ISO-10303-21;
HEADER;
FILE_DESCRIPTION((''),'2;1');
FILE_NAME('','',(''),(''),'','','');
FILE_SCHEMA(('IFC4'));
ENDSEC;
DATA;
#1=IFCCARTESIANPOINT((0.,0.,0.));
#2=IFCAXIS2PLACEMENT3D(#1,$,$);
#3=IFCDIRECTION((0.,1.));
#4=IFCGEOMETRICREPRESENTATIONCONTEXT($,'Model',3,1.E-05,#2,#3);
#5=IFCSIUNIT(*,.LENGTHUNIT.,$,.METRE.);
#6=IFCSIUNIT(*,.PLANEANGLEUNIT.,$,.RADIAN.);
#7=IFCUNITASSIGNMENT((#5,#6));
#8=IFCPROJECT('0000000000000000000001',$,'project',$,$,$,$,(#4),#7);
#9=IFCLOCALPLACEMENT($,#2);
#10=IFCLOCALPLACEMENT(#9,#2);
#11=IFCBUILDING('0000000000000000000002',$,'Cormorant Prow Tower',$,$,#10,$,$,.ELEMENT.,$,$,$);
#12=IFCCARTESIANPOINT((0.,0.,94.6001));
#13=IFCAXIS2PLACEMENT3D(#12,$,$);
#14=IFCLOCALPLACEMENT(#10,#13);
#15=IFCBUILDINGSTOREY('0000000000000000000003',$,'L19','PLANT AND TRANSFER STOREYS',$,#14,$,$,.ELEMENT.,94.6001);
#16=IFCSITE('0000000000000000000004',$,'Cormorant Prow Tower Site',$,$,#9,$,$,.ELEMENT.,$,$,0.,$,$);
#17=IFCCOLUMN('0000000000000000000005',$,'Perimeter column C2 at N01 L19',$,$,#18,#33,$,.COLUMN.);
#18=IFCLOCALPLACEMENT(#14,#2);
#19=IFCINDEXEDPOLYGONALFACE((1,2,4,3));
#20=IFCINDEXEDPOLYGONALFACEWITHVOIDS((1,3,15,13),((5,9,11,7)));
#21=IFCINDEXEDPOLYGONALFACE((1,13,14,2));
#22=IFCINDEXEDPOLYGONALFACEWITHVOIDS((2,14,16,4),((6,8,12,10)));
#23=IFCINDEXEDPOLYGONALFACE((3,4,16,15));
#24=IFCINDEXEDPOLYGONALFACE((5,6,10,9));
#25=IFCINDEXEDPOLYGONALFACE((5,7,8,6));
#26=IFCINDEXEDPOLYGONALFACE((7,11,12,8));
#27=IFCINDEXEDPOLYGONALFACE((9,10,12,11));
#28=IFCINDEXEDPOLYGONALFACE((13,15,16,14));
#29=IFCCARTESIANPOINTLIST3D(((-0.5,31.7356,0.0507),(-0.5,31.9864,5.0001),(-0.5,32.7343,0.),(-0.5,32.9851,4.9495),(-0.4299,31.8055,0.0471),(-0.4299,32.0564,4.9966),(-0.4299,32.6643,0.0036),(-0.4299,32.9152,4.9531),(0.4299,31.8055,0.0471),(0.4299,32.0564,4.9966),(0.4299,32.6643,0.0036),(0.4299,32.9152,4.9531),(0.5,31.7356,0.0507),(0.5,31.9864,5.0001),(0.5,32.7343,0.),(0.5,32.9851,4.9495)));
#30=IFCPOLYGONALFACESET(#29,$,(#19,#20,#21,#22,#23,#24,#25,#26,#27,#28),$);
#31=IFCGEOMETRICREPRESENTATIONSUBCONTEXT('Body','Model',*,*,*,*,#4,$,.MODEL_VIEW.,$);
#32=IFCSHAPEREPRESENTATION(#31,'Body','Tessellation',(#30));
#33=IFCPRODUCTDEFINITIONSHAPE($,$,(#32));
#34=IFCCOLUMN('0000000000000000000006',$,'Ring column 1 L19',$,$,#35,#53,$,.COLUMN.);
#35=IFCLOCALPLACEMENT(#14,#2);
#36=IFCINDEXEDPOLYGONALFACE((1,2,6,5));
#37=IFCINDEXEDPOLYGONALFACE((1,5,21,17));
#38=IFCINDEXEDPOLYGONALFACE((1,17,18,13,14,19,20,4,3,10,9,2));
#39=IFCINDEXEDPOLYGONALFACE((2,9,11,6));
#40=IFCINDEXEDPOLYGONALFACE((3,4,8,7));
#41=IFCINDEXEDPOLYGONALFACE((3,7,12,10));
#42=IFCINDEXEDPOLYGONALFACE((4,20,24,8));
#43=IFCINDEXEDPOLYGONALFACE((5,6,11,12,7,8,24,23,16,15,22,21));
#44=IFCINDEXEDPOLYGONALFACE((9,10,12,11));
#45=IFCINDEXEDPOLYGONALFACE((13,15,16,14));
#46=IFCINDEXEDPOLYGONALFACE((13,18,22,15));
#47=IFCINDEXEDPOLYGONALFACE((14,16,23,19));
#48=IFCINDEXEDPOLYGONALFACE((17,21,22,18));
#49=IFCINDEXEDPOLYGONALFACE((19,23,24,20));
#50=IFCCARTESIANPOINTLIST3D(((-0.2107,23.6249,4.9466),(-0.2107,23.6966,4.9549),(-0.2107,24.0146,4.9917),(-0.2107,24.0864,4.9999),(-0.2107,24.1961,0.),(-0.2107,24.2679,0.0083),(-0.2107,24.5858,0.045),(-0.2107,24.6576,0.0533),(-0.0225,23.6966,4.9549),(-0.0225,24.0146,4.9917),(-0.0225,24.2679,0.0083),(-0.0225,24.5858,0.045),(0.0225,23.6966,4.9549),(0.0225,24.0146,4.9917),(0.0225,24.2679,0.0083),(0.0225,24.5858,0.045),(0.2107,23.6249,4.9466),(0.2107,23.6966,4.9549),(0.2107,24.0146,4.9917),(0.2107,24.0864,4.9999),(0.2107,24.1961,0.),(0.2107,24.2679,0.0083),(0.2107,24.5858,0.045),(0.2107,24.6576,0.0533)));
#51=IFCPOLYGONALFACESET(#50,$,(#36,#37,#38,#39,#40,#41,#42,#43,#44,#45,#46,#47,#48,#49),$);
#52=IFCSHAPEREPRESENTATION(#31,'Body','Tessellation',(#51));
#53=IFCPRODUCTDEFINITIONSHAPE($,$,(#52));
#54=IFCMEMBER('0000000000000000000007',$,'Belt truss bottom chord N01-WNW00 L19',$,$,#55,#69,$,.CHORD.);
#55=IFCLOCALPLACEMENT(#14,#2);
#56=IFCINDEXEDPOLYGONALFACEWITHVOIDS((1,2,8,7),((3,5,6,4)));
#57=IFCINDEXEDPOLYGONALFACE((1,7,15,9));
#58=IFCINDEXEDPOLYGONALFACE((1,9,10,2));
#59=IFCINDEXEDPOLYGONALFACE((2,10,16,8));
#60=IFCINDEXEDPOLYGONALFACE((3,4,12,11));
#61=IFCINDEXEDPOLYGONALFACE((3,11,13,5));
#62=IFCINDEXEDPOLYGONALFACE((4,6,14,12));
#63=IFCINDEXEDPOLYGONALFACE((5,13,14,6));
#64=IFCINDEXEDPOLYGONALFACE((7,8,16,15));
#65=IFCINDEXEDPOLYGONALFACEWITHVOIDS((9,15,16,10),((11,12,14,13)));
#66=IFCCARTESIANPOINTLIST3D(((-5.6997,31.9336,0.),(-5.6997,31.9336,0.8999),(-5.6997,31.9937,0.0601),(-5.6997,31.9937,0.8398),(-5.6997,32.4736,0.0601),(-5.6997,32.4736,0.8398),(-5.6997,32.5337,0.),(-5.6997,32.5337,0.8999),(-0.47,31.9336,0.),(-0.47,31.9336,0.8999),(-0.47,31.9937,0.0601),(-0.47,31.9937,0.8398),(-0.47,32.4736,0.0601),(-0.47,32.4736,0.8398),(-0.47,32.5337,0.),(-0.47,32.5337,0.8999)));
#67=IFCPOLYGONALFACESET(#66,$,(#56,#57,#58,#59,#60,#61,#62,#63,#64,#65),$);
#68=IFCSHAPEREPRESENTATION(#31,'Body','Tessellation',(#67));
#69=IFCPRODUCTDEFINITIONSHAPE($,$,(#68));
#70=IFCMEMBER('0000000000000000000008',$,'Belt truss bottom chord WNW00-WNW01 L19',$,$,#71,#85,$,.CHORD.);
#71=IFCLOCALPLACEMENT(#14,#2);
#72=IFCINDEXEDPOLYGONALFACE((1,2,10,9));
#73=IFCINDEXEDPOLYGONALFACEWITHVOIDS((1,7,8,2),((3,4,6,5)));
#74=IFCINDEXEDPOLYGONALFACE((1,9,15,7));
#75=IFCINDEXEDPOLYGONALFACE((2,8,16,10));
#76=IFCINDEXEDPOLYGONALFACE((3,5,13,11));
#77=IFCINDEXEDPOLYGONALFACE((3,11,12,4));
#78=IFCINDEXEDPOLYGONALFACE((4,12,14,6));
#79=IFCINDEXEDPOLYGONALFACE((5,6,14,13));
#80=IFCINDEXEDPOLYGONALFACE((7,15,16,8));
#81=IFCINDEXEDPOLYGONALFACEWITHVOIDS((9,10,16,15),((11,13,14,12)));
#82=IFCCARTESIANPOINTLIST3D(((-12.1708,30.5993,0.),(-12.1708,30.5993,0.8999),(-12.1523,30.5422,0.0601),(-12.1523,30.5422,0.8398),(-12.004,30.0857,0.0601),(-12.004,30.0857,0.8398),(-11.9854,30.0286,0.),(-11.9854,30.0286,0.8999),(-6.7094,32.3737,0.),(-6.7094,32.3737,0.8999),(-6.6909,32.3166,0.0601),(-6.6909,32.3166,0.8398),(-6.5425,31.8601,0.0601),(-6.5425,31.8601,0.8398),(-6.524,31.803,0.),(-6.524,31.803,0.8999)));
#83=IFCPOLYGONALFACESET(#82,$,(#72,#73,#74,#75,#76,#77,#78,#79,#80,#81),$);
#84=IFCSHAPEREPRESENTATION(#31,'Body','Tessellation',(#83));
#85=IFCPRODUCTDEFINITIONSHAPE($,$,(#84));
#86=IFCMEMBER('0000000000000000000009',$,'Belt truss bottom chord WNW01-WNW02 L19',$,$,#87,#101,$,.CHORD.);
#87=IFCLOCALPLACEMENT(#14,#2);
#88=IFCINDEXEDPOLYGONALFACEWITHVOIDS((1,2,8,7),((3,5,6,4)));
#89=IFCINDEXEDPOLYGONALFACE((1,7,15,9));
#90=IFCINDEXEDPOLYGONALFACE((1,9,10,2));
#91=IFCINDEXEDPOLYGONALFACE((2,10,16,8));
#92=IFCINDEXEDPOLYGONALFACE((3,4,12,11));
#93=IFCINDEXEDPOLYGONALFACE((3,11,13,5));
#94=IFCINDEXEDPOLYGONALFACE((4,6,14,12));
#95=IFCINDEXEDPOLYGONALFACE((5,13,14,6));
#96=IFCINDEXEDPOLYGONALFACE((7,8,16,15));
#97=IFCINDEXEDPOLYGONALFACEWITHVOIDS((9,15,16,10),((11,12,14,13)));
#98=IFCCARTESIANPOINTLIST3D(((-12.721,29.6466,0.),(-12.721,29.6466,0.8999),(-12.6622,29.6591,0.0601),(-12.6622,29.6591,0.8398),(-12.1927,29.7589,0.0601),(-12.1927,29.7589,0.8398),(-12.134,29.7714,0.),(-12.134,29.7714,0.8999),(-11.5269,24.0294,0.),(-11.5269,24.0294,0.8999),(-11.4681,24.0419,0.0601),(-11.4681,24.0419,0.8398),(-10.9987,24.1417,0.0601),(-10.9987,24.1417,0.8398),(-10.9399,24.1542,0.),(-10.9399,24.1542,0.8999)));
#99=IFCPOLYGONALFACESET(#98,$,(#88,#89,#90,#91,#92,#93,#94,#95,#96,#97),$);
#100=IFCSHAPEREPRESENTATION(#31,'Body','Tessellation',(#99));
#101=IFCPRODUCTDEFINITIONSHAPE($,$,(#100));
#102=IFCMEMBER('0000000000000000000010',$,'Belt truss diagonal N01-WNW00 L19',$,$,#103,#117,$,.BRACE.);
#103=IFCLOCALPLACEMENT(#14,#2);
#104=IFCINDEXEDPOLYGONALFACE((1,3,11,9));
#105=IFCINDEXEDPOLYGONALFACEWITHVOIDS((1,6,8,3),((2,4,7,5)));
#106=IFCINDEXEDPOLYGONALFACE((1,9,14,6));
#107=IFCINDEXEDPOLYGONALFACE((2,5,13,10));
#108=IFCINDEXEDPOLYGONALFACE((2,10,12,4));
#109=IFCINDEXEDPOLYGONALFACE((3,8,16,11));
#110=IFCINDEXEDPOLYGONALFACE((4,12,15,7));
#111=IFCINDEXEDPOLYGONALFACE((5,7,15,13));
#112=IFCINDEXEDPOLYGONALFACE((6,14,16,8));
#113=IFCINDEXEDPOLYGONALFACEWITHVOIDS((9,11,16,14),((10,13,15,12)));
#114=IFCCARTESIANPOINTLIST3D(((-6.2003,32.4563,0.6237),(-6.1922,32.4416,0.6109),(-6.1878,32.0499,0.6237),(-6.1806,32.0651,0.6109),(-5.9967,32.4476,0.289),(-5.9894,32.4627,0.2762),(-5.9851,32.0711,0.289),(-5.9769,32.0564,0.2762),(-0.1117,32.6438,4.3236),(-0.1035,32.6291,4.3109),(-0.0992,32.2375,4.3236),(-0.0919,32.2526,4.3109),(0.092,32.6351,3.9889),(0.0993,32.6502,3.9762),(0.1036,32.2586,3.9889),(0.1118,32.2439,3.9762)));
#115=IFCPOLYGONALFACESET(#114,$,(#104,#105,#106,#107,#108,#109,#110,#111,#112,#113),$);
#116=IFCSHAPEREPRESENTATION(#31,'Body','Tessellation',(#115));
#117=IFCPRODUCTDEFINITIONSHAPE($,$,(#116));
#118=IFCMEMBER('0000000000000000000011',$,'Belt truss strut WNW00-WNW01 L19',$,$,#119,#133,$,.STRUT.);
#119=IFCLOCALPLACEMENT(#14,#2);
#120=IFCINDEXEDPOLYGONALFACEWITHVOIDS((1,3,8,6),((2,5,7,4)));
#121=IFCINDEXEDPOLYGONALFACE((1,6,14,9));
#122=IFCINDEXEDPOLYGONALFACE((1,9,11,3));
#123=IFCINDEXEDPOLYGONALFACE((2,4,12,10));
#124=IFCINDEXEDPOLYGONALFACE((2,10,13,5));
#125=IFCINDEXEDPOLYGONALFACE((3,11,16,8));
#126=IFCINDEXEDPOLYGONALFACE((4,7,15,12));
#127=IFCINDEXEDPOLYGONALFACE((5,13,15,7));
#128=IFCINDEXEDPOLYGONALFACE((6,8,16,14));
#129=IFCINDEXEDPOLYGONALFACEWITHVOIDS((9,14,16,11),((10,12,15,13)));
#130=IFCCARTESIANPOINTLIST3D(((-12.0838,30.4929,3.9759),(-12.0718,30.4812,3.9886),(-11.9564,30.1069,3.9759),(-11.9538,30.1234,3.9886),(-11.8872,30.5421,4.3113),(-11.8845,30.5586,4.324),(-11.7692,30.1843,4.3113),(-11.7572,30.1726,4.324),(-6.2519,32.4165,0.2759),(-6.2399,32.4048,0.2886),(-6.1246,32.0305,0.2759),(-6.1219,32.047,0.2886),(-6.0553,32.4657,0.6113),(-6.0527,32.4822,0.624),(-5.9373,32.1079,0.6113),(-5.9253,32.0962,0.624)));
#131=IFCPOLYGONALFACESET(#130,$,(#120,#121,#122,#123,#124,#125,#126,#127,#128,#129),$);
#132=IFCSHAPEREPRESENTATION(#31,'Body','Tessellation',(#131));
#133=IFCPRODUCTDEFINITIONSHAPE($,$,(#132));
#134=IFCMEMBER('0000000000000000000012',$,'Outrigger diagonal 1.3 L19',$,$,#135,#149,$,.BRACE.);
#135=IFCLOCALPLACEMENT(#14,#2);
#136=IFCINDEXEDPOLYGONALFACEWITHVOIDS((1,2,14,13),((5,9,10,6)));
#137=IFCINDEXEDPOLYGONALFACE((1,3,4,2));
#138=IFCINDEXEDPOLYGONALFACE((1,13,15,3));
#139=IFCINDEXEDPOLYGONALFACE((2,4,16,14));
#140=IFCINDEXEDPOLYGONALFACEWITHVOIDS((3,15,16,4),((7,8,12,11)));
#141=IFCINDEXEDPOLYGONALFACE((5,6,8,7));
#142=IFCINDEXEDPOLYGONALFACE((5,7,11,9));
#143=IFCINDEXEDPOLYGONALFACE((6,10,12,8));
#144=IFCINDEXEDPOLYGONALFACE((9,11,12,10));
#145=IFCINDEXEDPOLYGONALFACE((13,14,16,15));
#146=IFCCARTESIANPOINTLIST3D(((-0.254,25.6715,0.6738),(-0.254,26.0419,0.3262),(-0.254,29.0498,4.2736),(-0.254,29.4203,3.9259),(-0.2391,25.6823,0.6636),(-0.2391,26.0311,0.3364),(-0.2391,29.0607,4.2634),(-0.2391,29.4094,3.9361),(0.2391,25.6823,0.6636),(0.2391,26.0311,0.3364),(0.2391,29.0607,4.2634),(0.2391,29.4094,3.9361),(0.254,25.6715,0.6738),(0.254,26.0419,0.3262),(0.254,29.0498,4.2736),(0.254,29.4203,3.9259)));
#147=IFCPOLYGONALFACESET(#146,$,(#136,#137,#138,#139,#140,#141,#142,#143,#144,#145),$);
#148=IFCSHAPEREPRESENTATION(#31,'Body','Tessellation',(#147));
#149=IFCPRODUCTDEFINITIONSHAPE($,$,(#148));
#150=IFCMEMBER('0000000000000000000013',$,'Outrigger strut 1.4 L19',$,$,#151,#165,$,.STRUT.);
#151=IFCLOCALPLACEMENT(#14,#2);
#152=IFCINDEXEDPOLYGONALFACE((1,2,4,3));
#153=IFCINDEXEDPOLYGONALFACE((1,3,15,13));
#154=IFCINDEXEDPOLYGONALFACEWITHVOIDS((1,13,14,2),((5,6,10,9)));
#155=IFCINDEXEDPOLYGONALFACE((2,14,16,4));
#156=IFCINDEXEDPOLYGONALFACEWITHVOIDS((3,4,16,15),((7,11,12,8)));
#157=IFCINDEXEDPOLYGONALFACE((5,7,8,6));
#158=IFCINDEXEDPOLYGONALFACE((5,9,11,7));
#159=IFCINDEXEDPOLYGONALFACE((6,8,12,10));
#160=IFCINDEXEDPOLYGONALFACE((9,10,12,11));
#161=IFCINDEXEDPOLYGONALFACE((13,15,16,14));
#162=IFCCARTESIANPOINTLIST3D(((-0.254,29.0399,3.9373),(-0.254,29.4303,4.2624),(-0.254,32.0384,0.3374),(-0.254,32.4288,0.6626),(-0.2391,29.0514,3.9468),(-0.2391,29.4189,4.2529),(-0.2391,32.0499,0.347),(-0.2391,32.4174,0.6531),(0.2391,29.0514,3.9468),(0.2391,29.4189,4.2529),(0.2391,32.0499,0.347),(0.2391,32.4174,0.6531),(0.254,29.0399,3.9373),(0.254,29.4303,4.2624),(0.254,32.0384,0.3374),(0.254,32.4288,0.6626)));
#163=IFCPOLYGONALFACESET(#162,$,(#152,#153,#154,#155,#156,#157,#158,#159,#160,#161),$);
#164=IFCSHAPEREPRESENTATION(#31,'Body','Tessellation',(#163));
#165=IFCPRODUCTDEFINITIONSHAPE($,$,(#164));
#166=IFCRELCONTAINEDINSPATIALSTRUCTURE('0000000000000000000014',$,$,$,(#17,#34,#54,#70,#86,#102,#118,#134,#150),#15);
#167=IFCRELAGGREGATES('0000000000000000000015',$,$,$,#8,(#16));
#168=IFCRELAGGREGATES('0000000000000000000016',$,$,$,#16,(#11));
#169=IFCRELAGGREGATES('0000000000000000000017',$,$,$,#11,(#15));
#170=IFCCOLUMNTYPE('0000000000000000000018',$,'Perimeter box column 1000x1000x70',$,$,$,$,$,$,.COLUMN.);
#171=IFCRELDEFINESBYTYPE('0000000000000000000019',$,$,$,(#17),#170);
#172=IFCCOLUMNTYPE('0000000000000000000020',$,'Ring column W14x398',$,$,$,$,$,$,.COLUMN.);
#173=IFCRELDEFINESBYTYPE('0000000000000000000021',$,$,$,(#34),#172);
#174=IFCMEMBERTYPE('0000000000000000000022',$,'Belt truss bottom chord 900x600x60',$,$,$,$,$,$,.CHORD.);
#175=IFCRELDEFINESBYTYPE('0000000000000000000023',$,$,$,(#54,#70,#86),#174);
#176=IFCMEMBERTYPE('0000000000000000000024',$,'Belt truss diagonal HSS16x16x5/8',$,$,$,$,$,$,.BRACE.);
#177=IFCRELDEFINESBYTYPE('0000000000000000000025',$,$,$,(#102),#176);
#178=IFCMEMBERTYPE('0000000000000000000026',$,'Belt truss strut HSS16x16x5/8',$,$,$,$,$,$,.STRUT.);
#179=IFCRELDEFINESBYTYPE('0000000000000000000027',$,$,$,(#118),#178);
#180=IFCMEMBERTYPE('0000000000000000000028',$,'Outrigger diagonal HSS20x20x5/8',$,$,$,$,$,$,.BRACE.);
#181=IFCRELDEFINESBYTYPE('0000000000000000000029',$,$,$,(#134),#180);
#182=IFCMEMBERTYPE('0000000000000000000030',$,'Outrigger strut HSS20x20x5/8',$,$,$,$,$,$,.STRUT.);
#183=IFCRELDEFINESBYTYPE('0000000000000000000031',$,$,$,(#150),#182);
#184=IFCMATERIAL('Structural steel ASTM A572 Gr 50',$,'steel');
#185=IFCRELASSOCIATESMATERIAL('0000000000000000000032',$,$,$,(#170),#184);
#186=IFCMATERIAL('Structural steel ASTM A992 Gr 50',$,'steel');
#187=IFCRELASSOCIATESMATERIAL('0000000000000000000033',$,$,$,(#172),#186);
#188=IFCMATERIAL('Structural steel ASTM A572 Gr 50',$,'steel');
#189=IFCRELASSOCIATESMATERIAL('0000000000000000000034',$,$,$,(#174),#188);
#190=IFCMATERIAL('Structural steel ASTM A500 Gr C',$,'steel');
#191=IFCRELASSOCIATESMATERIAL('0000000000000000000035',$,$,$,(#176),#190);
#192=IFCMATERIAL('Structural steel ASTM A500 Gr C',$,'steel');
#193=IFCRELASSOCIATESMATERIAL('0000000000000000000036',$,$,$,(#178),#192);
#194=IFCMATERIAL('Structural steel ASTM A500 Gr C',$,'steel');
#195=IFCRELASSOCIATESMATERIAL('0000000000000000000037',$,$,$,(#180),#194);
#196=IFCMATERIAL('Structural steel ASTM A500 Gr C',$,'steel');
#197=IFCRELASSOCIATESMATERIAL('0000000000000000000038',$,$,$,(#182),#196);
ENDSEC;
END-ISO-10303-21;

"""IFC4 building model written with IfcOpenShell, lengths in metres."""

from ifc_helpers import new_model, si_unit, direction, frame, origin, origin_2d, place, context, subcontext, project, spatial, hollow_rectangle, i_section, extrude, material, material_profile, profile_set, type_object, element, save


model = new_model("IFC4")

# Units and contexts
model_context = context("Model", 3, precision=1e-05, world=origin(), true_north=direction((0.0, 1.0)))
body_context = subcontext(model_context, "Body", "Model", "MODEL_VIEW")
ifc_project = project(units=[si_unit("LENGTHUNIT", "METRE"), si_unit("PLANEANGLEUNIT", "RADIAN")], contexts=[model_context])

# Site, building, storey
site_placement = place(None, origin())
site = spatial("IfcSite", under=ifc_project, at=site_placement, Name="Cormorant Prow Tower Site", CompositionType="ELEMENT", RefElevation=0.0)
building_placement = place(site_placement, origin())
building = spatial("IfcBuilding", under=site, at=building_placement, Name="Cormorant Prow Tower", CompositionType="ELEMENT")
storey_placement = place(building_placement, frame((0.0, 0.0, 94.6001)))
storey = spatial("IfcBuildingStorey", under=building, at=storey_placement, Name="L19", Description="PLANT AND TRANSFER STOREYS", CompositionType="ELEMENT", Elevation=94.6001)

# Columns
ifc_material_1 = material(Name="Structural steel ASTM A572 Gr 50", Category="steel")
ifc_material_profile_1 = material_profile(ifc_material_1, hollow_rectangle(XDim=1.0, YDim=1.0, WallThickness=0.0701, at=origin_2d()), Name="Box 1000x1000x70")
ifc_profile_set_1 = profile_set([ifc_material_profile_1], Name="Structural steel ASTM A572 Gr 50")
column_type_1 = type_object("IfcColumnType", Name="Perimeter box column 1000x1000x70", PredefinedType="COLUMN", material=ifc_profile_set_1)
column_1_placement = place(storey_placement, frame((0.0, 32.2336, 0.0), z_axis=(0.0, 0.050619, 0.998718), x_axis=(-1.0, 0.0, 0.0)))
element("IfcColumn", 1, at=column_1_placement, inside=storey, type_object=column_type_1, Name="Perimeter column C2 at N01 L19", PredefinedType="COLUMN", context=body_context, shape_type="SweptSolid", body=[
    extrude(hollow_rectangle(XDim=1.0, YDim=1.0, WallThickness=0.0701, at=origin_2d()), frame((0.0, 0.0, 0.0254)), (0.0, 0.0, 1.0), 4.9558),
])
ifc_material_2 = material(Name="Structural steel ASTM A992 Gr 50", Category="steel")
ifc_material_profile_2 = material_profile(ifc_material_2, i_section(OverallWidth=0.4214, OverallDepth=0.4646, WebThickness=0.0449, FlangeThickness=0.0723, at=origin_2d()), Name="W14x398")
ifc_profile_set_2 = profile_set([ifc_material_profile_2], Name="Structural steel ASTM A992 Gr 50")
column_type_2 = type_object("IfcColumnType", Name="Ring column W14x398", PredefinedType="COLUMN", material=ifc_profile_set_2)
column_2_placement = place(storey_placement, frame((0.0, 24.4299, 0.0), z_axis=(0.0, -0.114716, 0.993398), x_axis=(1.0, 0.0, 0.0)))
element("IfcColumn", 2, at=column_2_placement, inside=storey, type_object=column_type_2, Name="Ring column 1 L19", PredefinedType="COLUMN", context=body_context, shape_type="SweptSolid", body=[
    extrude(i_section(OverallWidth=0.4214, OverallDepth=0.4646, WebThickness=0.0449, FlangeThickness=0.0723, at=origin_2d()), frame((0.0, 0.0, 0.0269)), (0.0, 0.0, 1.0), 4.9795),
])

# Members
ifc_material_3 = material(Name="Structural steel ASTM A572 Gr 50", Category="steel")
ifc_material_profile_3 = material_profile(ifc_material_3, hollow_rectangle(XDim=0.6001, YDim=0.8999, WallThickness=0.0601, at=origin_2d()), Name="Box 900x600x60")
ifc_profile_set_3 = profile_set([ifc_material_profile_3], Name="Structural steel ASTM A572 Gr 50")
member_type_1 = type_object("IfcMemberType", Name="Belt truss bottom chord 900x600x60", PredefinedType="CHORD", material=ifc_profile_set_3)
member_1_placement = place(storey_placement, frame((-0.47, 32.2336, 0.45), z_axis=(-1.0, 0.0, 0.0), x_axis=(0.0, -1.0, 0.0)))
element("IfcMember", 3, at=member_1_placement, inside=storey, type_object=member_type_1, Name="Belt truss bottom chord N01-WNW00 L19", PredefinedType="CHORD", context=body_context, shape_type="SweptSolid", body=[
    extrude(hollow_rectangle(XDim=0.6001, YDim=0.8999, WallThickness=0.0601, at=origin_2d()), origin(), (0.0, 0.0, 1.0), 5.2297),
])
member_2_placement = place(storey_placement, frame((-6.6167, 32.0884, 0.45), z_axis=(-0.951062, -0.309, 0.0), x_axis=(0.309, -0.951062, 0.0)))
element("IfcMember", 4, at=member_2_placement, inside=storey, type_object=member_type_1, Name="Belt truss bottom chord WNW00-WNW01 L19", PredefinedType="CHORD", context=body_context, shape_type="SweptSolid", body=[
    extrude(hollow_rectangle(XDim=0.6001, YDim=0.8999, WallThickness=0.0601, at=origin_2d()), origin(), (0.0, 0.0, 1.0), 5.7424),
])
member_3_placement = place(storey_placement, frame((-12.4275, 29.709, 0.45), z_axis=(0.207932, -0.978143, 0.0), x_axis=(0.978143, 0.207932, 0.0)))
element("IfcMember", 5, at=member_3_placement, inside=storey, type_object=member_type_1, Name="Belt truss bottom chord WNW01-WNW02 L19", PredefinedType="CHORD", context=body_context, shape_type="SweptSolid", body=[
    extrude(hollow_rectangle(XDim=0.6001, YDim=0.8999, WallThickness=0.0601, at=origin_2d()), origin(), (0.0, 0.0, 1.0), 5.7427),
])
ifc_material_4 = material(Name="Structural steel ASTM A500 Gr C", Category="steel")
ifc_material_profile_4 = material_profile(ifc_material_4, hollow_rectangle(XDim=0.4065, YDim=0.4065, WallThickness=0.0149, at=origin_2d()), Name="HSS16x16x5/8")
ifc_profile_set_4 = profile_set([ifc_material_profile_4], Name="Structural steel ASTM A500 Gr C")
member_type_2 = type_object("IfcMemberType", Name="Belt truss diagonal HSS16x16x5/8", PredefinedType="BRACE", material=ifc_profile_set_4)
member_4_placement = place(storey_placement, frame((-6.0886, 32.2563, 0.45), z_axis=(0.854287, 0.026308, 0.519135), x_axis=(-0.030781, 0.999526, 0.0)))
element("IfcMember", 6, at=member_4_placement, inside=storey, type_object=member_type_2, Name="Belt truss diagonal N01-WNW00 L19", PredefinedType="BRACE", context=body_context, shape_type="SweptSolid", body=[
    extrude(hollow_rectangle(XDim=0.4065, YDim=0.4065, WallThickness=0.0149, at=origin_2d()), origin(), (0.0, 0.0, 1.0), 7.1272),
])
ifc_material_5 = material(Name="Structural steel ASTM A500 Gr C", Category="steel")
ifc_material_profile_5 = material_profile(ifc_material_5, hollow_rectangle(XDim=0.4065, YDim=0.4065, WallThickness=0.0149, at=origin_2d()), Name="HSS16x16x5/8")
ifc_profile_set_5 = profile_set([ifc_material_profile_5], Name="Structural steel ASTM A500 Gr C")
member_type_3 = type_object("IfcMemberType", Name="Belt truss strut HSS16x16x5/8", PredefinedType="STRUT", material=ifc_profile_set_5)
member_5_placement = place(storey_placement, frame((-6.0886, 32.2563, 0.45), z_axis=(-0.813433, -0.268307, 0.516079), x_axis=(0.313244, -0.949673, 0.0)))
element("IfcMember", 7, at=member_5_placement, inside=storey, type_object=member_type_3, Name="Belt truss strut WNW00-WNW01 L19", PredefinedType="STRUT", context=body_context, shape_type="SweptSolid", body=[
    extrude(hollow_rectangle(XDim=0.4065, YDim=0.4065, WallThickness=0.0149, at=origin_2d()), origin(), (0.0, 0.0, 1.0), 7.1694),
])
ifc_material_6 = material(Name="Structural steel ASTM A500 Gr C", Category="steel")
ifc_material_profile_6 = material_profile(ifc_material_6, hollow_rectangle(XDim=0.5081, YDim=0.5081, WallThickness=0.0149, at=origin_2d()), Name="HSS20x20x5/8")
ifc_profile_set_6 = profile_set([ifc_material_profile_6], Name="Structural steel ASTM A500 Gr C")
member_type_4 = type_object("IfcMemberType", Name="Outrigger diagonal HSS20x20x5/8", PredefinedType="BRACE", material=ifc_profile_set_6)
member_6_placement = place(storey_placement, frame((0.0, 25.8567, 0.5), z_axis=(0.0, 0.684324, 0.729178), x_axis=(-1.0, 0.0, 0.0)))
element("IfcMember", 8, at=member_6_placement, inside=storey, type_object=member_type_4, Name="Outrigger diagonal 1.3 L19", PredefinedType="BRACE", context=body_context, shape_type="SweptSolid", body=[
    extrude(hollow_rectangle(XDim=0.5081, YDim=0.5081, WallThickness=0.0149, at=origin_2d()), origin(), (0.0, 0.0, 1.0), 4.9368),
])
ifc_material_7 = material(Name="Structural steel ASTM A500 Gr C", Category="steel")
ifc_material_profile_7 = material_profile(ifc_material_7, hollow_rectangle(XDim=0.5081, YDim=0.5081, WallThickness=0.0149, at=origin_2d()), Name="HSS20x20x5/8")
ifc_profile_set_7 = profile_set([ifc_material_profile_7], Name="Structural steel ASTM A500 Gr C")
member_type_5 = type_object("IfcMemberType", Name="Outrigger strut HSS20x20x5/8", PredefinedType="STRUT", material=ifc_profile_set_7)
member_7_placement = place(storey_placement, frame((0.0, 29.2351, 4.0999), z_axis=(0.0, 0.640015, -0.768362), x_axis=(-1.0, 0.0, 0.0)))
element("IfcMember", 9, at=member_7_placement, inside=storey, type_object=member_type_5, Name="Outrigger strut 1.4 L19", PredefinedType="STRUT", context=body_context, shape_type="SweptSolid", body=[
    extrude(hollow_rectangle(XDim=0.5081, YDim=0.5081, WallThickness=0.0149, at=origin_2d()), origin(), (0.0, 0.0, 1.0), 4.6851),
])

save(model, "model.ifc")
